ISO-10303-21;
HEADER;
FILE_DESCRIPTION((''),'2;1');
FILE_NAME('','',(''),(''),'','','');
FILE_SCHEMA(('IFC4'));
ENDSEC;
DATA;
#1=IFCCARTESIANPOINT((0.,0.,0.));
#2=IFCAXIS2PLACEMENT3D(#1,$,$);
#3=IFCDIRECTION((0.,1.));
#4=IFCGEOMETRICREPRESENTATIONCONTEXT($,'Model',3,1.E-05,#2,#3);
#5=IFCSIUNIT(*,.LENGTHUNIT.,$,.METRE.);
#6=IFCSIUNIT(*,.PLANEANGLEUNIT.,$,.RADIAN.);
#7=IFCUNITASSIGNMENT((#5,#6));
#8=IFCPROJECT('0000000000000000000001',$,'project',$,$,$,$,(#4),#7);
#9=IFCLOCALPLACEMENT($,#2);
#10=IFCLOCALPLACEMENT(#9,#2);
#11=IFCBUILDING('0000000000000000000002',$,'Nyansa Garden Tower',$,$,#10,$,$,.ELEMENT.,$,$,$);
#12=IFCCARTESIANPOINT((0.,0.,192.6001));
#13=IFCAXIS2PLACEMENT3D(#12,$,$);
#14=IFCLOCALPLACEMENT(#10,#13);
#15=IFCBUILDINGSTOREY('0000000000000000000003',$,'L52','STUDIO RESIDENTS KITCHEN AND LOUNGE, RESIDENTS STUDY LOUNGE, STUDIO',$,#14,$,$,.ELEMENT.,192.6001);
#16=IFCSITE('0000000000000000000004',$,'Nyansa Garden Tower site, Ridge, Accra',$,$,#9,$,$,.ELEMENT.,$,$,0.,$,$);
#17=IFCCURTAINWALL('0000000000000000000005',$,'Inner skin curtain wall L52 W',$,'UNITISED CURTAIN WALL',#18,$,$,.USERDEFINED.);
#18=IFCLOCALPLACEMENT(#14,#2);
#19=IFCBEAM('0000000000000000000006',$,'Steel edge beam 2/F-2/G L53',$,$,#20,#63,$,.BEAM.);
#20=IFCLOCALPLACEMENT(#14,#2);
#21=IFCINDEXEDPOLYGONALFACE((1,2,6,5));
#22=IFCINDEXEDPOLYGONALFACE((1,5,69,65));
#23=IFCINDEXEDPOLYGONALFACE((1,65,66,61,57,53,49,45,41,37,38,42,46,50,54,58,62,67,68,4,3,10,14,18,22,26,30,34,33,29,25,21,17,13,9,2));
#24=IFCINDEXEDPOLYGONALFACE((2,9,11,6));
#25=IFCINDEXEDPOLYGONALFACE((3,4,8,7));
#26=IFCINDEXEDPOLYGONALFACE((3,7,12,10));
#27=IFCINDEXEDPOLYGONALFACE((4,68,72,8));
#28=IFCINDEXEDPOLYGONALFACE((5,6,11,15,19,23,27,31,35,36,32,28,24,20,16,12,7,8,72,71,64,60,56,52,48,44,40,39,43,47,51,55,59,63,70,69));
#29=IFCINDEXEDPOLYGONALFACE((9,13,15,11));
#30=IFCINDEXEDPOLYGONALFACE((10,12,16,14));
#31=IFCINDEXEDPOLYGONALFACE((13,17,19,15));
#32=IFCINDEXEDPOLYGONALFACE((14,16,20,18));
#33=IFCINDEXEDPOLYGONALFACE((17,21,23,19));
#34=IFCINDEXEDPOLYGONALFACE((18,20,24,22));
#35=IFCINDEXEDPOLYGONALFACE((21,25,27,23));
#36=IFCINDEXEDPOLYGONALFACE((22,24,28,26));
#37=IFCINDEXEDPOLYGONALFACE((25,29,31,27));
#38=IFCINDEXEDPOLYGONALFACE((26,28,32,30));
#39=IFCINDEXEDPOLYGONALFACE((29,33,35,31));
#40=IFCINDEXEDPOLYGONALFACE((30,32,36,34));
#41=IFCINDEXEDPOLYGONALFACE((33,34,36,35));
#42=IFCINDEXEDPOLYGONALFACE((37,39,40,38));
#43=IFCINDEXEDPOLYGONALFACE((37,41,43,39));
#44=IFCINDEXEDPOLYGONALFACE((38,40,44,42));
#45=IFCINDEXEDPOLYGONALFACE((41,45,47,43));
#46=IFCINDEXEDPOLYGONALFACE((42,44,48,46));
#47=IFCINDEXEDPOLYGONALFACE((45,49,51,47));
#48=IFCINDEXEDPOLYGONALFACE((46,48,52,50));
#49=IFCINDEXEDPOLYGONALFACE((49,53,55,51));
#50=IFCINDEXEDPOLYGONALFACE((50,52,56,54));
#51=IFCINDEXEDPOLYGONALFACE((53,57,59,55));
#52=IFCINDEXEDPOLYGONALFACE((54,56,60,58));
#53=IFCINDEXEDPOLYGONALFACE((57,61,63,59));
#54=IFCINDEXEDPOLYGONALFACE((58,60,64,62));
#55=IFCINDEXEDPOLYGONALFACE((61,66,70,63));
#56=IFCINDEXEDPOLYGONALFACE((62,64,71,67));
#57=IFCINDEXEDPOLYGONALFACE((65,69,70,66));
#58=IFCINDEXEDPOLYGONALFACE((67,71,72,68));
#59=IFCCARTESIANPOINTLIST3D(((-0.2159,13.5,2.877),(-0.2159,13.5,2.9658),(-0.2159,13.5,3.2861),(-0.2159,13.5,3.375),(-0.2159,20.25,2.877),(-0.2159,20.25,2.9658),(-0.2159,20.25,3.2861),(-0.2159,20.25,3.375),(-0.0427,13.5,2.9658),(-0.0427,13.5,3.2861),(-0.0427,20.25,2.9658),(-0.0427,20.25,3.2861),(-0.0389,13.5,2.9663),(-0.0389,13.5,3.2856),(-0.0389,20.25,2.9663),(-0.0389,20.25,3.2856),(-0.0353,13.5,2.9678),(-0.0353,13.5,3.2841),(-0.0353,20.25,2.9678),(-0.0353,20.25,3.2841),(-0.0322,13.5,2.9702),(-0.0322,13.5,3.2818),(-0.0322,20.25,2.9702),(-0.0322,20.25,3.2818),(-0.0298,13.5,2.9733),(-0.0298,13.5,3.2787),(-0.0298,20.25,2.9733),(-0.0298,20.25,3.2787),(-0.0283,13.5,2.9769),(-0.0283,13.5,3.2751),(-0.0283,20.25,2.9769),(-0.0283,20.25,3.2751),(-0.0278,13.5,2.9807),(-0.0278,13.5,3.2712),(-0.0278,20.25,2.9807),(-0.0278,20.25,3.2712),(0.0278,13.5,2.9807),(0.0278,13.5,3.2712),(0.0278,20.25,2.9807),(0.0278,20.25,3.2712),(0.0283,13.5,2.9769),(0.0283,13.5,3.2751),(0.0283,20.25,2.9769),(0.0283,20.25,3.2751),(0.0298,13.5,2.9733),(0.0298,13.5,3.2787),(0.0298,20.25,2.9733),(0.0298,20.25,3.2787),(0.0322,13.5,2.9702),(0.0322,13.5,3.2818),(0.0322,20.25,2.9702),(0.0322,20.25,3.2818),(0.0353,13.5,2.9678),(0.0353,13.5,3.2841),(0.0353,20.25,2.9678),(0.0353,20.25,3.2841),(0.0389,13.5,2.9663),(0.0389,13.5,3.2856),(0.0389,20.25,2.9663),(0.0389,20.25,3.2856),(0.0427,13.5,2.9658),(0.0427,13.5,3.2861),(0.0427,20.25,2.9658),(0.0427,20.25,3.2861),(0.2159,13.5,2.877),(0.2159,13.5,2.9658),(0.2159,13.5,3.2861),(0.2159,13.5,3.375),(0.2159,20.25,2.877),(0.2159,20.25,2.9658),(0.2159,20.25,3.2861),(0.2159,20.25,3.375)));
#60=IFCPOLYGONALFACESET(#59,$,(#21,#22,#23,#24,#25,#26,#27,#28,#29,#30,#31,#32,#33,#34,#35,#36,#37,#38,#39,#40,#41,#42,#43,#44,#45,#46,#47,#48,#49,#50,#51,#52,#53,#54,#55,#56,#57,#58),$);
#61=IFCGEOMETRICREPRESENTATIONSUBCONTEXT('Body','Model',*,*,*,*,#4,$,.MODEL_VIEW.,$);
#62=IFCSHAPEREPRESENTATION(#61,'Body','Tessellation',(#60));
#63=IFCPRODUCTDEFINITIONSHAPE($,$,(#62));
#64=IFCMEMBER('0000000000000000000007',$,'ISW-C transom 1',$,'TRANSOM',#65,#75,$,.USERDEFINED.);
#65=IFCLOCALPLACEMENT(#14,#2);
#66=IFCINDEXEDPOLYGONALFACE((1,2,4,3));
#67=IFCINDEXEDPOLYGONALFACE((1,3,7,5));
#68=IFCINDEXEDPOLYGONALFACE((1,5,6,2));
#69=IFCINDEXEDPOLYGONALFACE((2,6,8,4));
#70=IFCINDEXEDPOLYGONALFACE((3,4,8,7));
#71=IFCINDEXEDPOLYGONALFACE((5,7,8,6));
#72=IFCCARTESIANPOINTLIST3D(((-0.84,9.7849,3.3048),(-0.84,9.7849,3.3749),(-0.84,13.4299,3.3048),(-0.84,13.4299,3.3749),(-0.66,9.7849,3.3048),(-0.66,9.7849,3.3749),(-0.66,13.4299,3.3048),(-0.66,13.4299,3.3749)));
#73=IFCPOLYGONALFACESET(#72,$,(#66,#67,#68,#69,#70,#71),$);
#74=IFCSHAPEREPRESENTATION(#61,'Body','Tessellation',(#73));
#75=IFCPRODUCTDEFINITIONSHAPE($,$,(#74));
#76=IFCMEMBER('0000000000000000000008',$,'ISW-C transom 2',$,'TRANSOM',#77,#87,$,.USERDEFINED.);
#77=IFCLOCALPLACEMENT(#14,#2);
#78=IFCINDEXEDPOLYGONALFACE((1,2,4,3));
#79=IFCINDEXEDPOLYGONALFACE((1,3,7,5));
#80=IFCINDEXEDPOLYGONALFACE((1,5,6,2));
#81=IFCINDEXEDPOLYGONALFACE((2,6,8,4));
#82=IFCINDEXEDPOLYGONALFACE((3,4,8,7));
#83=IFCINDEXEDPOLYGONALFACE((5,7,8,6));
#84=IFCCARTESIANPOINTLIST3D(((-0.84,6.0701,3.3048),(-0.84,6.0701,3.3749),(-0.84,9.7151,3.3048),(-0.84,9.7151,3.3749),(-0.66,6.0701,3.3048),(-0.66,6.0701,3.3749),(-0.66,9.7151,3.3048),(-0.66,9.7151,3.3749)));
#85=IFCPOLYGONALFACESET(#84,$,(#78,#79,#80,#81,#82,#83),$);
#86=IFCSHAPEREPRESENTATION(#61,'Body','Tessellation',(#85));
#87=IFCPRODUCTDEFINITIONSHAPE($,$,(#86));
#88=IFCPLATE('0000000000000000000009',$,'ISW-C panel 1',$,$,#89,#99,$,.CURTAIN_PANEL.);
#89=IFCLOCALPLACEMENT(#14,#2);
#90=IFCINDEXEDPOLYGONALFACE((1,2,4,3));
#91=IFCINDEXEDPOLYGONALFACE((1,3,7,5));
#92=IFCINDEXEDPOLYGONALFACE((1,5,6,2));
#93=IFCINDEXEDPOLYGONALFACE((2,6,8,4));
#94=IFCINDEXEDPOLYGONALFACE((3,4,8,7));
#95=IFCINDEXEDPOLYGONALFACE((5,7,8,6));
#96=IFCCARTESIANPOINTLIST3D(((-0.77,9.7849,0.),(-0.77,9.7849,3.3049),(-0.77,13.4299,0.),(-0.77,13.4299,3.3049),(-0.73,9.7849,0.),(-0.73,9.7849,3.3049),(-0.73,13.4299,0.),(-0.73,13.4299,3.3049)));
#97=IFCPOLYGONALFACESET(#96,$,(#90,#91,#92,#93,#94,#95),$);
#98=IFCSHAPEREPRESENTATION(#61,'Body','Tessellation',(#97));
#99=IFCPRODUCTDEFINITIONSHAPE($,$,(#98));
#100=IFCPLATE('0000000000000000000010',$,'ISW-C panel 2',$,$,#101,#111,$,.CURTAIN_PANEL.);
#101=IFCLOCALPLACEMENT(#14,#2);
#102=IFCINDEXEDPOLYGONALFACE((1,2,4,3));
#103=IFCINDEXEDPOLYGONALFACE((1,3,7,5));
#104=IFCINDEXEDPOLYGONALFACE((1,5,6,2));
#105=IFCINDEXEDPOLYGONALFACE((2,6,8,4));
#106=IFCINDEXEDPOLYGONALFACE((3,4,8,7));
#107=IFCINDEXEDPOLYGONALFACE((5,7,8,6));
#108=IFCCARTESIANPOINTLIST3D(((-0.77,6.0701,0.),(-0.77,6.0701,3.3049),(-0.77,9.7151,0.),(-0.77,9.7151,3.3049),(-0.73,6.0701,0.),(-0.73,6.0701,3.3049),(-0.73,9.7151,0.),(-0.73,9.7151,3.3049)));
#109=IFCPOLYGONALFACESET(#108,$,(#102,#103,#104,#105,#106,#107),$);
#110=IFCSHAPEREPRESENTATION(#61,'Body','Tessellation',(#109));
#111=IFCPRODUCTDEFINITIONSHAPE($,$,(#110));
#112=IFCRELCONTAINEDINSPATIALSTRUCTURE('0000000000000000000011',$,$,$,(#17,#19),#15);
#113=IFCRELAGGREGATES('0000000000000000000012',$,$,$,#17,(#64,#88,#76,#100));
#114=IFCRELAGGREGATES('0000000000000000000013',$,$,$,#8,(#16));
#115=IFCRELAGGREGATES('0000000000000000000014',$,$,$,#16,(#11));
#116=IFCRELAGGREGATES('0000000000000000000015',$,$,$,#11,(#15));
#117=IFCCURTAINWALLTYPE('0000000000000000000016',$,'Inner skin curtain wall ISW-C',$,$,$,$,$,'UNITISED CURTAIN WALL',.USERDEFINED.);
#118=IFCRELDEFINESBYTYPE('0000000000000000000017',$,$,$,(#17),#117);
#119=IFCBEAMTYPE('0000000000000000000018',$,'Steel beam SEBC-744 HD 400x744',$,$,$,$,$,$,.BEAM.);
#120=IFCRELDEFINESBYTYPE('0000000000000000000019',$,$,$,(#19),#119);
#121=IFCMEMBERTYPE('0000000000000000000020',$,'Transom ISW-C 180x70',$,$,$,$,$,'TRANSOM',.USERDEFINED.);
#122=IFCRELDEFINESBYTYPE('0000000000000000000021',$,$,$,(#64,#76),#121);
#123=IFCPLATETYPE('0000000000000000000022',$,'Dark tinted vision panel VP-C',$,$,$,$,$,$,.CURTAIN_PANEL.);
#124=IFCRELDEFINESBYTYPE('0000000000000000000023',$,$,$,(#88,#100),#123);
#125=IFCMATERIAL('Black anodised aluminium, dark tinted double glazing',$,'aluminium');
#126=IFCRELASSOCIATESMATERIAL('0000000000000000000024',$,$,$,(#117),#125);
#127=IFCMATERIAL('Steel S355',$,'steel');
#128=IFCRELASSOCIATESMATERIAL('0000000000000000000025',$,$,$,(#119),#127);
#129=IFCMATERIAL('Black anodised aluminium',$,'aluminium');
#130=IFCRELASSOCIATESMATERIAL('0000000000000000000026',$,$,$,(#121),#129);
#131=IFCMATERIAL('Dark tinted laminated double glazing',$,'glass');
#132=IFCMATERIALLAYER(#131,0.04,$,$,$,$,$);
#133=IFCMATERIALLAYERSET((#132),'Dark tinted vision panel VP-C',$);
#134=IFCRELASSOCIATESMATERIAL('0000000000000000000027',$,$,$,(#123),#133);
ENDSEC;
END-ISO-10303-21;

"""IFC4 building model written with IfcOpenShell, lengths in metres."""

from ifc_helpers import new_model, si_unit, direction, frame, origin, origin_2d, place, context, subcontext, project, spatial, rectangle, i_section, extrude, material, layer, layer_set, material_profile, profile_set, type_object, element, aggregate, save


model = new_model("IFC4")

# Units and contexts
model_context = context("Model", 3, precision=1e-05, world=origin(), true_north=direction((0.0, 1.0)))
body_context = subcontext(model_context, "Body", "Model", "MODEL_VIEW")
ifc_project = project(units=[si_unit("LENGTHUNIT", "METRE"), si_unit("PLANEANGLEUNIT", "RADIAN")], contexts=[model_context])

# Site, building, storey
site_placement = place(None, origin())
site = spatial("IfcSite", under=ifc_project, at=site_placement, Name="Nyansa Garden Tower site, Ridge, Accra", CompositionType="ELEMENT", RefElevation=0.0)
building_placement = place(site_placement, origin())
building = spatial("IfcBuilding", under=site, at=building_placement, Name="Nyansa Garden Tower", CompositionType="ELEMENT")
storey_placement = place(building_placement, frame((0.0, 0.0, 192.6001)))
storey = spatial("IfcBuildingStorey", under=building, at=storey_placement, Name="L52", Description="STUDIO RESIDENTS KITCHEN AND LOUNGE, RESIDENTS STUDY LOUNGE, STUDIO", CompositionType="ELEMENT", Elevation=192.6001)

# Curtain wall
ifc_material_1 = material(Name="Black anodised aluminium, dark tinted double glazing", Category="aluminium")
curtain_wall_type = type_object("IfcCurtainWallType", Name="Inner skin curtain wall ISW-C", ElementType="UNITISED CURTAIN WALL", PredefinedType="USERDEFINED", material=ifc_material_1)
curtain_wall_placement = place(storey_placement, origin())
curtain_wall = element("IfcCurtainWall", 1, at=curtain_wall_placement, inside=storey, type_object=curtain_wall_type, Name="Inner skin curtain wall L52 W", ObjectType="UNITISED CURTAIN WALL", PredefinedType="USERDEFINED")

# Beam
ifc_material_2 = material(Name="Steel S355", Category="steel")
ifc_material_profile_1 = material_profile(ifc_material_2, i_section(OverallWidth=0.4319, OverallDepth=0.498, WebThickness=0.0557, FlangeThickness=0.0889, FilletRadius=0.0149, at=origin_2d()), Name="HD 400x744")
ifc_profile_set_1 = profile_set([ifc_material_profile_1], Name="Steel S355")
beam_type_1 = type_object("IfcBeamType", Name="Steel beam SEBC-744 HD 400x744", PredefinedType="BEAM", material=ifc_profile_set_1)
for number, where, z_axis, x_axis, name in (
    (2, (0.0, 13.5, 3.126), (0.0, 1.0, 0.0), (-1.0, 0.0, 0.0), "Steel edge beam 2/F-2/G L53"),
):
    element("IfcBeam", number, at=place(storey_placement, frame(where, z_axis=z_axis, x_axis=x_axis)), inside=storey, type_object=beam_type_1, Name=name, PredefinedType="BEAM", context=body_context, shape_type="SweptSolid", body=[
        extrude(i_section(OverallWidth=0.4319, OverallDepth=0.498, WebThickness=0.0557, FlangeThickness=0.0889, FilletRadius=0.0149, at=origin_2d()), origin(), (0.0, 0.0, 1.0), 6.75),
    ])

# Members
ifc_material_3 = material(Name="Black anodised aluminium", Category="aluminium")
ifc_material_profile_2 = material_profile(ifc_material_3, rectangle(XDim=0.1799, YDim=0.0701, at=origin_2d()), Name="Transom 180x70")
ifc_profile_set_2 = profile_set([ifc_material_profile_2], Name="Black anodised aluminium")
member_type_1 = type_object("IfcMemberType", Name="Transom ISW-C 180x70", ElementType="TRANSOM", PredefinedType="USERDEFINED", material=ifc_profile_set_2)
member_1_placement = place(storey_placement, frame((-0.75, 13.4299, 3.3398), z_axis=(0.0, -1.0, 0.0), x_axis=(1.0, 0.0, 0.0)))
member_1 = element("IfcMember", 3, at=member_1_placement, type_object=member_type_1, Name="ISW-C transom 1", ObjectType="TRANSOM", PredefinedType="USERDEFINED", context=body_context, shape_type="SweptSolid", body=[
    extrude(rectangle(XDim=0.1799, YDim=0.0701, at=origin_2d()), origin(), (0.0, 0.0, 1.0), 3.645),
])
member_2_placement = place(storey_placement, frame((-0.75, 9.7151, 3.3398), z_axis=(0.0, -1.0, 0.0), x_axis=(1.0, 0.0, 0.0)))
member_2 = element("IfcMember", 4, at=member_2_placement, type_object=member_type_1, Name="ISW-C transom 2", ObjectType="TRANSOM", PredefinedType="USERDEFINED", context=body_context, shape_type="SweptSolid", body=[
    extrude(rectangle(XDim=0.1799, YDim=0.0701, at=origin_2d()), origin(), (0.0, 0.0, 1.0), 3.645),
])

# Plates
ifc_material_4 = material(Name="Dark tinted laminated double glazing", Category="glass")
ifc_layer_1 = layer(ifc_material_4, 0.04)
ifc_layer_set_1 = layer_set([ifc_layer_1], Name="Dark tinted vision panel VP-C")
plate_type = type_object("IfcPlateType", Name="Dark tinted vision panel VP-C", PredefinedType="CURTAIN_PANEL", material=ifc_layer_set_1)
plate_1_placement = place(storey_placement, frame((-0.75, 11.6074, 0.0), z_axis=(0.0, 0.0, 1.0), x_axis=(0.0, -1.0, 0.0)))
plate_1 = element("IfcPlate", 5, at=plate_1_placement, type_object=plate_type, Name="ISW-C panel 1", PredefinedType="CURTAIN_PANEL", context=body_context, shape_type="SweptSolid", body=[
    extrude(rectangle(XDim=3.645, YDim=0.04, at=origin_2d()), origin(), (0.0, 0.0, 1.0), 3.3049),
])
plate_2_placement = place(storey_placement, frame((-0.75, 7.8926, 0.0), z_axis=(0.0, 0.0, 1.0), x_axis=(0.0, -1.0, 0.0)))
plate_2 = element("IfcPlate", 6, at=plate_2_placement, type_object=plate_type, Name="ISW-C panel 2", PredefinedType="CURTAIN_PANEL", context=body_context, shape_type="SweptSolid", body=[
    extrude(rectangle(XDim=3.645, YDim=0.04, at=origin_2d()), origin(), (0.0, 0.0, 1.0), 3.3049),
])
aggregate(curtain_wall, [member_1, plate_1, member_2, plate_2])

save(model, "model.ifc")
